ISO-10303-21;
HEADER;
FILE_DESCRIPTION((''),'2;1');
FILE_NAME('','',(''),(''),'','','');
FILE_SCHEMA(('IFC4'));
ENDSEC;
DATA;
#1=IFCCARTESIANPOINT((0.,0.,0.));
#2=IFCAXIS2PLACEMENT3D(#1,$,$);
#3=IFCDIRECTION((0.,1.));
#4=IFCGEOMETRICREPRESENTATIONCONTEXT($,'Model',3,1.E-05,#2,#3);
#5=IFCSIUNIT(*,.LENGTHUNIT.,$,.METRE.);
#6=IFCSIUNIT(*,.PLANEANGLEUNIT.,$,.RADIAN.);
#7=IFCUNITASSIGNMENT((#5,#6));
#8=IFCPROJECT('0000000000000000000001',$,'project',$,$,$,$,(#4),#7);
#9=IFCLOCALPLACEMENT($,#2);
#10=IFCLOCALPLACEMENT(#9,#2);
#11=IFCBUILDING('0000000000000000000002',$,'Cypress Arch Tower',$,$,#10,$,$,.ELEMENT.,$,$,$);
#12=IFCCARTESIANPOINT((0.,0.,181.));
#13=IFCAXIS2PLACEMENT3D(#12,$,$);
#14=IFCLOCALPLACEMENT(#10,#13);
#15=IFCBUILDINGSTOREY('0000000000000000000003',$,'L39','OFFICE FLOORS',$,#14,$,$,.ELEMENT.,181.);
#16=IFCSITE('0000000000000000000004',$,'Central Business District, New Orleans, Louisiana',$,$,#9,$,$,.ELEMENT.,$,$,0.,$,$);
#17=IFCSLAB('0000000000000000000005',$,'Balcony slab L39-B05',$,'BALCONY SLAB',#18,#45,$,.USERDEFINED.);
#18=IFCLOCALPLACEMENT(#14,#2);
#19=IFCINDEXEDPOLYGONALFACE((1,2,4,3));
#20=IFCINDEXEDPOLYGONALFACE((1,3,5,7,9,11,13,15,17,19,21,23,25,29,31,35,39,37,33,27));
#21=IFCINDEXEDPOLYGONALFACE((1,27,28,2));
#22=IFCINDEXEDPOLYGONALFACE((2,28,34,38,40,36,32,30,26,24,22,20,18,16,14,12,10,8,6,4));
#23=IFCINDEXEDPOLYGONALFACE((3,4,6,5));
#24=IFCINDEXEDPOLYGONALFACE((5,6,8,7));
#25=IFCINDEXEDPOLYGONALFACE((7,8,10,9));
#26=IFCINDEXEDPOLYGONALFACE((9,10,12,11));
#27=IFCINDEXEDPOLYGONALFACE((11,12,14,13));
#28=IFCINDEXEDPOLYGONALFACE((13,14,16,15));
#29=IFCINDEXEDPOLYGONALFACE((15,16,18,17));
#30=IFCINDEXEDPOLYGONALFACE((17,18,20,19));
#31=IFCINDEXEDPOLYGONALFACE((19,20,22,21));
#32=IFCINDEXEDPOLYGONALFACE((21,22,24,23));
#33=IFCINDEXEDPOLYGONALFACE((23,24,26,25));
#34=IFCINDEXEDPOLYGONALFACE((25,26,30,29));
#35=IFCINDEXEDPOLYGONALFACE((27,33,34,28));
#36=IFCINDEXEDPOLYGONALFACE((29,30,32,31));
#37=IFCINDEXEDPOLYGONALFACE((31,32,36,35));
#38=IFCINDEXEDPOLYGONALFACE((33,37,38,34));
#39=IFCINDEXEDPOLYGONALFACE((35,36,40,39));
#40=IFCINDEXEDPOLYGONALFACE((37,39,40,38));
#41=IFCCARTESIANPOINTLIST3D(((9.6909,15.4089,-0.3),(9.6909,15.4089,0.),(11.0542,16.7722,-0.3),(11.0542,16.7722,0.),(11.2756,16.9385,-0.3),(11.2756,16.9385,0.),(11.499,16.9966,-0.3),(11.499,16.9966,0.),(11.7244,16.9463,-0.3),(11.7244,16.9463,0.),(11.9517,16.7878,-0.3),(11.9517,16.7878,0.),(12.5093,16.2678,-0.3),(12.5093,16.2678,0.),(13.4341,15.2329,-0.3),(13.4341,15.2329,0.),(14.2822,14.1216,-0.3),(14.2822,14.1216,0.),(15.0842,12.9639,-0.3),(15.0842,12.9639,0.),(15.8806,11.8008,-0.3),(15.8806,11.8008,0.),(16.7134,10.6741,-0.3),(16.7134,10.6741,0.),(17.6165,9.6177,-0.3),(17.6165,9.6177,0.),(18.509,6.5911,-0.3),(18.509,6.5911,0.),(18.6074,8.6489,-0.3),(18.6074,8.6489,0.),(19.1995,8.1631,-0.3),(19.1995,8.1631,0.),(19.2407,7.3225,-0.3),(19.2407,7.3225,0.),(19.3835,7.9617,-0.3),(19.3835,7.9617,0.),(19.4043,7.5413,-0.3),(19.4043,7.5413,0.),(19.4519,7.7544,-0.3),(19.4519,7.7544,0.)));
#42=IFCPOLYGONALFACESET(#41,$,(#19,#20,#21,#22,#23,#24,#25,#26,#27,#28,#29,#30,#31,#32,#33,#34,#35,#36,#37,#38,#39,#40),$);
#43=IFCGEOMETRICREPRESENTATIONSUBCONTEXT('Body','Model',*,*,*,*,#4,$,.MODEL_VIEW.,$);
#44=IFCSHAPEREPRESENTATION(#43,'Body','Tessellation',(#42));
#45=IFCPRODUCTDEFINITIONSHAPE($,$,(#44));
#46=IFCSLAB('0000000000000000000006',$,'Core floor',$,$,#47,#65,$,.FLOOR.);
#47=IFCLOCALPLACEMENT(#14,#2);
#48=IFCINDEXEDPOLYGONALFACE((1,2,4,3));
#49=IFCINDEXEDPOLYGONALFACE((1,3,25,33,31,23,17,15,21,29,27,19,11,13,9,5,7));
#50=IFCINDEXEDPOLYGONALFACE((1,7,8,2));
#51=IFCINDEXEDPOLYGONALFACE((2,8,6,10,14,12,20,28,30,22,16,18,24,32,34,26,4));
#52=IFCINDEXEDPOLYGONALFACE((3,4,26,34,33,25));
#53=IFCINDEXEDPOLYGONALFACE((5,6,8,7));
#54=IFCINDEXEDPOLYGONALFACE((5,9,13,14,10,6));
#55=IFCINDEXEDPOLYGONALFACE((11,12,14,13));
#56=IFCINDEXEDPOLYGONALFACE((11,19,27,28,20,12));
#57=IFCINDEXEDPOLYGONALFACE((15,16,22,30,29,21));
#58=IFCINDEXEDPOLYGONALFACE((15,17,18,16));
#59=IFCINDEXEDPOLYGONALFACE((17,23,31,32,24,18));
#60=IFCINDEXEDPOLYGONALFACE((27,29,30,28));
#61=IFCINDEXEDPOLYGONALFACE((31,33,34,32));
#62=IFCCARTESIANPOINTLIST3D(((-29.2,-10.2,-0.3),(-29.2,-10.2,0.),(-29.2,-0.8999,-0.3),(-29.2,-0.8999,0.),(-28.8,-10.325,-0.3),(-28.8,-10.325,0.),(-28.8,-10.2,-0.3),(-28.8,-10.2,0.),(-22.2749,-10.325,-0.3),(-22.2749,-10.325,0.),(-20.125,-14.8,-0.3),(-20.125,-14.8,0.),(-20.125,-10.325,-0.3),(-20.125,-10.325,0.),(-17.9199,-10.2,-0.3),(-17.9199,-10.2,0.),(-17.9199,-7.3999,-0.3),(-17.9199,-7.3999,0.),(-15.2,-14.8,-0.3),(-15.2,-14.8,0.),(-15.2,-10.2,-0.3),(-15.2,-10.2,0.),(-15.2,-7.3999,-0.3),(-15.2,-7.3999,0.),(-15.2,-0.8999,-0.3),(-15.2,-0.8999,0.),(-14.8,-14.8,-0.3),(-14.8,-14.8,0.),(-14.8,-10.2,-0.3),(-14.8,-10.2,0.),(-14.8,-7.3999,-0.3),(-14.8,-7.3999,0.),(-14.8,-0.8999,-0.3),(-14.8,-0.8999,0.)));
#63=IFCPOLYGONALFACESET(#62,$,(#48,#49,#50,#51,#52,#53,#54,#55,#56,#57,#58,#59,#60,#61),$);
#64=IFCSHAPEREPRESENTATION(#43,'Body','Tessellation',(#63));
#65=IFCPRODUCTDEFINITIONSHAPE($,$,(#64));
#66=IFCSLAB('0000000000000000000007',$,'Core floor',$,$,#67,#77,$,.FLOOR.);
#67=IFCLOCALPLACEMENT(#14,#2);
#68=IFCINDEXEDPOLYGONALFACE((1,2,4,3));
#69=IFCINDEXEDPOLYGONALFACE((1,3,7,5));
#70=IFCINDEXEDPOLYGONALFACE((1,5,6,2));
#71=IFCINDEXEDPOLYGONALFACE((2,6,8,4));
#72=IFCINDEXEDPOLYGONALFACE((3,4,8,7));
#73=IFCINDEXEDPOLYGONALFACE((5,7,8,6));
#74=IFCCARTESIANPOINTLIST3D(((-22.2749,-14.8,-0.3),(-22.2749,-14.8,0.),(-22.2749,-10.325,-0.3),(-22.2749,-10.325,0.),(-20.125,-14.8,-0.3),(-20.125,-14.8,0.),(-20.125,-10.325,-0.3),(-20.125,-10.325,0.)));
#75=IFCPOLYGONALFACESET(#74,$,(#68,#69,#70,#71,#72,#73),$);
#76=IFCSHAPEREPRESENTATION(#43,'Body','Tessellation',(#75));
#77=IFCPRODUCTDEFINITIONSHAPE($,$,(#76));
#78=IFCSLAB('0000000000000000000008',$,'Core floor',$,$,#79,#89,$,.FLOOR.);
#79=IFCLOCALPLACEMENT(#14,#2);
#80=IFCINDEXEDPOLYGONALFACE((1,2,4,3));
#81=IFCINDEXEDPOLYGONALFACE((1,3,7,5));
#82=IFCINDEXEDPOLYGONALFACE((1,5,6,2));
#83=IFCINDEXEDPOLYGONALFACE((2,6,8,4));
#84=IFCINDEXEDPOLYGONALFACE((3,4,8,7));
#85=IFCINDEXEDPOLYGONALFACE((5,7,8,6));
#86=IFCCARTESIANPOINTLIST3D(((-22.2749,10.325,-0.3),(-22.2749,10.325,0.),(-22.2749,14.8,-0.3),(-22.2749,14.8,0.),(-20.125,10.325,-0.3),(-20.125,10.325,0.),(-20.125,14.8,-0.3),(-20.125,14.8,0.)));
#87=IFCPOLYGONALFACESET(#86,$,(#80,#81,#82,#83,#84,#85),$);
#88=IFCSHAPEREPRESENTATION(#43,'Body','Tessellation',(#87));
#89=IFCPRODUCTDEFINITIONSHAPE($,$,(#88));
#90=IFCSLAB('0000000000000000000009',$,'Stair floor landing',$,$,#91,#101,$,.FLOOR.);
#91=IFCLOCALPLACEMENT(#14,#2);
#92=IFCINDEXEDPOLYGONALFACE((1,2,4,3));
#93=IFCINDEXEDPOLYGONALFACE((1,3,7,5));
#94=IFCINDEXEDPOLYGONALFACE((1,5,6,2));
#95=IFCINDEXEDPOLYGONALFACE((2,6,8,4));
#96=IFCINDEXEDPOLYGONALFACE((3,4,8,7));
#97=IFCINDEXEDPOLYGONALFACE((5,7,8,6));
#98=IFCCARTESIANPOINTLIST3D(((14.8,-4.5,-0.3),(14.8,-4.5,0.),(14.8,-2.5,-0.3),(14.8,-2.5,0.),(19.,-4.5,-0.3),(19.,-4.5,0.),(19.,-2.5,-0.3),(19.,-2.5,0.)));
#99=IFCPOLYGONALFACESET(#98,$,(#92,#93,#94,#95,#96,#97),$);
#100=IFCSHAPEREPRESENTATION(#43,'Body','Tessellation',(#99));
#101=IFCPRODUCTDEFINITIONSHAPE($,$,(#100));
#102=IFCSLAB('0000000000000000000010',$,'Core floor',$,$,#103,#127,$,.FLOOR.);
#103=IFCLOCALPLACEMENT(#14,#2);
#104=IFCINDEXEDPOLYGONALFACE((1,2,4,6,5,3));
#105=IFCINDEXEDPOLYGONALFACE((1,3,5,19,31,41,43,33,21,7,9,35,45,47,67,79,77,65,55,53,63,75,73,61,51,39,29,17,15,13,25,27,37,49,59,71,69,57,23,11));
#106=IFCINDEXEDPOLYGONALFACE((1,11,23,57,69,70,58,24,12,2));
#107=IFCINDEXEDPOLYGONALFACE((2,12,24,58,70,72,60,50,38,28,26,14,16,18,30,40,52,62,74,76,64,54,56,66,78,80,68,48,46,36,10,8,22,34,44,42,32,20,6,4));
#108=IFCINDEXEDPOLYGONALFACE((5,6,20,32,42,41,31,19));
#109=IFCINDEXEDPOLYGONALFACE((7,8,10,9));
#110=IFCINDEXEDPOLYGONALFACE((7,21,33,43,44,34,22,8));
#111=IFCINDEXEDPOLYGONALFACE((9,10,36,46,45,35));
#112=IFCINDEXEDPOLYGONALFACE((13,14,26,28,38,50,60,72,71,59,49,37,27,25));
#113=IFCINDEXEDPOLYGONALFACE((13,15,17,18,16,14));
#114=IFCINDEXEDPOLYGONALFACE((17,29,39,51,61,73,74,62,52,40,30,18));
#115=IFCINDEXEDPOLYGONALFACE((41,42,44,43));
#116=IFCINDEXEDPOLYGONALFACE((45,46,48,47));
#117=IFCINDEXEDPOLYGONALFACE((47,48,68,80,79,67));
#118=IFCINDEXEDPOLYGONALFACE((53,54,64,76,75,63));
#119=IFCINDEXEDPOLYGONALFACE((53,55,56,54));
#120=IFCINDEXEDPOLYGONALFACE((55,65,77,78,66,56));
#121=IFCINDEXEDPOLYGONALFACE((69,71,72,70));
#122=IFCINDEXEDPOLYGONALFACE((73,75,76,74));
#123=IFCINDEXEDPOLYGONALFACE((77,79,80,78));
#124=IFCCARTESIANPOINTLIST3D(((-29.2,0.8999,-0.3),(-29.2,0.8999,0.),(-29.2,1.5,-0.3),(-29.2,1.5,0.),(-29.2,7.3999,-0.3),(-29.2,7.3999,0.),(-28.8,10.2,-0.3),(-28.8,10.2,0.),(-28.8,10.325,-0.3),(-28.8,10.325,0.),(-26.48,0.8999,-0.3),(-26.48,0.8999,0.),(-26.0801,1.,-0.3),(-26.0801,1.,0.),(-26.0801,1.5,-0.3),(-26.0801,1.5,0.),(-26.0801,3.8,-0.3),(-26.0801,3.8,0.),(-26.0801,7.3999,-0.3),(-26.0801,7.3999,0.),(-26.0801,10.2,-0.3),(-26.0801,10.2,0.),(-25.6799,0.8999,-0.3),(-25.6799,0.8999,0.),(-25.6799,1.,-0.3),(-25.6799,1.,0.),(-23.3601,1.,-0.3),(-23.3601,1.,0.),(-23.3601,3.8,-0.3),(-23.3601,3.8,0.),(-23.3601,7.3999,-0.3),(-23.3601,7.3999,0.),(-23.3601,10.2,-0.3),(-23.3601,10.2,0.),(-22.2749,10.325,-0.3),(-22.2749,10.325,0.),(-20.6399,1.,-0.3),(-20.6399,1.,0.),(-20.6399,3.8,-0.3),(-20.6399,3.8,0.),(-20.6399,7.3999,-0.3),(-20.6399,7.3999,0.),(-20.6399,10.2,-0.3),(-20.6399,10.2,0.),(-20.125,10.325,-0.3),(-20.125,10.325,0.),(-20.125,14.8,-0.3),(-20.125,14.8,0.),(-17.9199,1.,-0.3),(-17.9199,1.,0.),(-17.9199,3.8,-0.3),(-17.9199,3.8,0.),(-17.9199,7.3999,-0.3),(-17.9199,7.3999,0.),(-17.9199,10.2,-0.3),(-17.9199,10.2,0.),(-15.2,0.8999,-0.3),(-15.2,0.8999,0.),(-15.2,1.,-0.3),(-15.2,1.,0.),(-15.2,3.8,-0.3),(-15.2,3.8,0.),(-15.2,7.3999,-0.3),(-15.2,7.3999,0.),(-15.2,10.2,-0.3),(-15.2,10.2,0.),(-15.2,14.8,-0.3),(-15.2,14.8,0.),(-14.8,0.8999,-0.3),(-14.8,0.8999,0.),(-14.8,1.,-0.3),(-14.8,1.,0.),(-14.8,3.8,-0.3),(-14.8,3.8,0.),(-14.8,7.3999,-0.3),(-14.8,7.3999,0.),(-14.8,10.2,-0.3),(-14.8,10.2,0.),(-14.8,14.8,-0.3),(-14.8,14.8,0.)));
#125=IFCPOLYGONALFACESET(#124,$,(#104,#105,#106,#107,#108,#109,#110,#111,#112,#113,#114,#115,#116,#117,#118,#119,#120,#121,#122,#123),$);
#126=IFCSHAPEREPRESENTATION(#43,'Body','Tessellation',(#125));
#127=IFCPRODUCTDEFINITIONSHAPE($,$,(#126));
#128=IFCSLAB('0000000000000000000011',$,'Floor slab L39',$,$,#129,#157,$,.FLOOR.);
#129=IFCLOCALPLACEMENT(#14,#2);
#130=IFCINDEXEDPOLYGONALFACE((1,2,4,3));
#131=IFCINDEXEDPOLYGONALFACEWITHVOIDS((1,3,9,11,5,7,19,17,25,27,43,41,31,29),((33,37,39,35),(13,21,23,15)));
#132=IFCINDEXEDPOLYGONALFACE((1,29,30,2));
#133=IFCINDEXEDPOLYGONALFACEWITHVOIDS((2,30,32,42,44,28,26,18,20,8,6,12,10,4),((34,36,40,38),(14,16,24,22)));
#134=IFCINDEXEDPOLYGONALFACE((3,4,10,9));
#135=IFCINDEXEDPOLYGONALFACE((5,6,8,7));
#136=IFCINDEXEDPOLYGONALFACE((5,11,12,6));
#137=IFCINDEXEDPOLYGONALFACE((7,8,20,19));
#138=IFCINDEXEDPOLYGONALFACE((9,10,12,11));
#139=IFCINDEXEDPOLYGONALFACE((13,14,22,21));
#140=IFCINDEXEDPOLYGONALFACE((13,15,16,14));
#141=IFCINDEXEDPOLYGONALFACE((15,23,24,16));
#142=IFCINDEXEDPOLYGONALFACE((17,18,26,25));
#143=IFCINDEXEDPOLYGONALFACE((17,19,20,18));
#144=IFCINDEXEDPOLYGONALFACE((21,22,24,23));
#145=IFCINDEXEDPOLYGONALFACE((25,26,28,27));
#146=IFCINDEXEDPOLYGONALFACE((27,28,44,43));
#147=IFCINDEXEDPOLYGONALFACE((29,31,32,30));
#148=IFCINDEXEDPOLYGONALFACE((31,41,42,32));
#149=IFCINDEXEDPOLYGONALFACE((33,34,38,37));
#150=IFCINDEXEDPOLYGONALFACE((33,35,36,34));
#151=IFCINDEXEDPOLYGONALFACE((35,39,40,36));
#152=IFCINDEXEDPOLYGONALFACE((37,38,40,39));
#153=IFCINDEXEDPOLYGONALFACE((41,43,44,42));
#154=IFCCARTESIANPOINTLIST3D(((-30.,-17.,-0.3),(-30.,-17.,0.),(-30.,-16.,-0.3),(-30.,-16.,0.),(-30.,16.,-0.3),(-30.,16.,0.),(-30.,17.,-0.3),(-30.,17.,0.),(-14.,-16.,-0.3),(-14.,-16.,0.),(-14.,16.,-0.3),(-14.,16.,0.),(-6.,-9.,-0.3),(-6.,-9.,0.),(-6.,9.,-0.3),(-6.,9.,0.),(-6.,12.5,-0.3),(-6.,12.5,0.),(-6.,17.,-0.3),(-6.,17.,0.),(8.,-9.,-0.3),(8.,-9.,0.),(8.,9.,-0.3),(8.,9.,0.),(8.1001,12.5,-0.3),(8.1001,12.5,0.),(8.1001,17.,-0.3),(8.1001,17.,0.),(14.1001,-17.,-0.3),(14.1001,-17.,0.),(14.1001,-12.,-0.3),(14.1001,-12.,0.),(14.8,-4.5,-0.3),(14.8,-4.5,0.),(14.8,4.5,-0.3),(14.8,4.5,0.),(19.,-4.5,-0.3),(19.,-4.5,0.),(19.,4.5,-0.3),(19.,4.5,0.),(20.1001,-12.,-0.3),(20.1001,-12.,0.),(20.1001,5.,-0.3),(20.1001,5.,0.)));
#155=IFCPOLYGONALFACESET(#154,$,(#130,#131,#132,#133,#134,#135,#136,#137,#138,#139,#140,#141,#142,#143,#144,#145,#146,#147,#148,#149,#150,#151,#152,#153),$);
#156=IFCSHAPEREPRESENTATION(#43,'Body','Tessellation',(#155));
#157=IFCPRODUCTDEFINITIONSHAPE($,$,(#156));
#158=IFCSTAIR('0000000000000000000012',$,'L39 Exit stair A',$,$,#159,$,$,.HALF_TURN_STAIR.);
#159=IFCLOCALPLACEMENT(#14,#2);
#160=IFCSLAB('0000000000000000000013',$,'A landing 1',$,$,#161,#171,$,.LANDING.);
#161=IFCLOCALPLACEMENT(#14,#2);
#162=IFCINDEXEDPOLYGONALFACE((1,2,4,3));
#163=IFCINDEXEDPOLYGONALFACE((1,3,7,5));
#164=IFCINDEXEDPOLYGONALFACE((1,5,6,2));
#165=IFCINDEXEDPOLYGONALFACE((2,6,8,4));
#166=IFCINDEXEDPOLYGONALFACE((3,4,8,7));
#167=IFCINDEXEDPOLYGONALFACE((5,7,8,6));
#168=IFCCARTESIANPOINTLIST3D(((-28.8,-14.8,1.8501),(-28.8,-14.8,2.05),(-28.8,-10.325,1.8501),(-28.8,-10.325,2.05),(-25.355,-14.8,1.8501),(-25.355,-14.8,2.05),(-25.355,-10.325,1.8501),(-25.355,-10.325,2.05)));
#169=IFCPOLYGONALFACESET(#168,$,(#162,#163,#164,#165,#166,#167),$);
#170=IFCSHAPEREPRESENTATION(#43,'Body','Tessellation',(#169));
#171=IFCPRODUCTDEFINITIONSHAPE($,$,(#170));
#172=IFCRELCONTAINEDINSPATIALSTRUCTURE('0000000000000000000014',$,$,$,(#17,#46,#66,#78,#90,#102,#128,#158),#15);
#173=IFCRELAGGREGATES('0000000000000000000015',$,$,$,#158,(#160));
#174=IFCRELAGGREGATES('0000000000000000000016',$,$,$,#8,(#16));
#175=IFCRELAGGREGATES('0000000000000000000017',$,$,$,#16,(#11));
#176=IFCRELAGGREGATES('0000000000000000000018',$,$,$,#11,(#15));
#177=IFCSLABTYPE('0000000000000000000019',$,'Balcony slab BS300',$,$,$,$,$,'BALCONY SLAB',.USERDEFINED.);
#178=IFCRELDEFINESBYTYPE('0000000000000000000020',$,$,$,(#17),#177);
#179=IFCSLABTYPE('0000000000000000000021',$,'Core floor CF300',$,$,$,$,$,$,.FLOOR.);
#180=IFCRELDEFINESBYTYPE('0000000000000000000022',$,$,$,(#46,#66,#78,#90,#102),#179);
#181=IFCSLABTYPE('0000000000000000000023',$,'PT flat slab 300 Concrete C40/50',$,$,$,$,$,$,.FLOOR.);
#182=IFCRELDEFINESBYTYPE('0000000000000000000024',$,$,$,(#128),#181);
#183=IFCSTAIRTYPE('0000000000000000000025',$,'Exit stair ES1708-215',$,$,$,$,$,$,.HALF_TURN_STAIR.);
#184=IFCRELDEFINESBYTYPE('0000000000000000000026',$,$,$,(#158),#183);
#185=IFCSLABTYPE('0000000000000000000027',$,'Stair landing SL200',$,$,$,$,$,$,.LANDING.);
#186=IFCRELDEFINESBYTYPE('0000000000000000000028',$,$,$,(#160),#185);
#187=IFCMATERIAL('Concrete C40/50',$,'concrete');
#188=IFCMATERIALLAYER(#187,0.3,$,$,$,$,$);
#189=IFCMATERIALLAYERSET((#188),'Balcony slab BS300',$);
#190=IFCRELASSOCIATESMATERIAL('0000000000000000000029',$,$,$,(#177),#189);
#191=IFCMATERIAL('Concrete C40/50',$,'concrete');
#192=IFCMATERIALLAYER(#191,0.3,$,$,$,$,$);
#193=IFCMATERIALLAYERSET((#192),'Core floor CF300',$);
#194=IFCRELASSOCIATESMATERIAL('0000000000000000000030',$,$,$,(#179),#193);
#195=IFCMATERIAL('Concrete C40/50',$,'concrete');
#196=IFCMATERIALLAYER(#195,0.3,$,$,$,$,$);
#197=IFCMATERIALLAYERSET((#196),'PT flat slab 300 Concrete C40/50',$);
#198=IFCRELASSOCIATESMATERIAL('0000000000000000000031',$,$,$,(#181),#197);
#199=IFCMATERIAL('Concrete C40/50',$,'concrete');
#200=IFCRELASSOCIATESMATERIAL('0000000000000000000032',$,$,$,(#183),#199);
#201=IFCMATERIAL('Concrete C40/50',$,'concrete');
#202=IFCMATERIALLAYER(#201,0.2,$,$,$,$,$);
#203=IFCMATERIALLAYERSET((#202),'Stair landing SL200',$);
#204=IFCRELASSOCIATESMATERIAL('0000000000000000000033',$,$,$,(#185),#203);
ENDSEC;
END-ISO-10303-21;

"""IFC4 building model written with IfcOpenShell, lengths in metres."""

from ifc_helpers import new_model, si_unit, direction, frame, origin, place, context, subcontext, project, spatial, polyline, outline, extrude, material, layer, layer_set, type_object, element, aggregate, save


model = new_model("IFC4")

# Units and contexts
model_context = context("Model", 3, precision=1e-05, world=origin(), true_north=direction((0.0, 1.0)))
body_context = subcontext(model_context, "Body", "Model", "MODEL_VIEW")
ifc_project = project(units=[si_unit("LENGTHUNIT", "METRE"), si_unit("PLANEANGLEUNIT", "RADIAN")], contexts=[model_context])

# Site, building, storey
site_placement = place(None, origin())
site = spatial("IfcSite", under=ifc_project, at=site_placement, Name="Central Business District, New Orleans, Louisiana", CompositionType="ELEMENT", RefElevation=0.0)
building_placement = place(site_placement, origin())
building = spatial("IfcBuilding", under=site, at=building_placement, Name="Cypress Arch Tower", CompositionType="ELEMENT")
storey_placement = place(building_placement, frame((0.0, 0.0, 181.0)))
storey = spatial("IfcBuildingStorey", under=building, at=storey_placement, Name="L39", Description="OFFICE FLOORS", CompositionType="ELEMENT", Elevation=181.0)

# Slabs
ifc_material_1 = material(Name="Concrete C40/50", Category="concrete")
ifc_layer_1 = layer(ifc_material_1, 0.3)
ifc_layer_set_1 = layer_set([ifc_layer_1], Name="Balcony slab BS300")
slab_type_1 = type_object("IfcSlabType", Name="Balcony slab BS300", ElementType="BALCONY SLAB", PredefinedType="USERDEFINED", material=ifc_layer_set_1)
slab_1_placement = place(storey_placement, frame((0.0, 0.0, -0.3)))
element("IfcSlab", 1, at=slab_1_placement, inside=storey, type_object=slab_type_1, Name="Balcony slab L39-B05", ObjectType="BALCONY SLAB", PredefinedType="USERDEFINED", context=body_context, shape_type="SweptSolid", body=[
    extrude(outline(polyline([(18.509, 6.5911), (19.2407, 7.3225), (19.4043, 7.5413), (19.4519, 7.7544), (19.3835, 7.9617), (19.1995, 8.1631), (18.6074, 8.6489), (17.6165, 9.6177), (16.7134, 10.6741), (15.8806, 11.8008), (15.0842, 12.9639), (14.2822, 14.1216), (13.4341, 15.2329), (12.5093, 16.2678), (11.9517, 16.7878), (11.7244, 16.9463), (11.499, 16.9966), (11.2756, 16.9385), (11.0542, 16.7722), (9.6909, 15.4089), (18.509, 6.5911)])), origin(), (0.0, 0.0, 1.0), 0.3),
])
ifc_material_2 = material(Name="Concrete C40/50", Category="concrete")
ifc_layer_2 = layer(ifc_material_2, 0.3)
ifc_layer_set_2 = layer_set([ifc_layer_2], Name="Core floor CF300")
slab_type_2 = type_object("IfcSlabType", Name="Core floor CF300", PredefinedType="FLOOR", material=ifc_layer_set_2)
slab_2_placement = place(storey_placement, frame((0.0, 0.0, -0.3)))
element("IfcSlab", 2, at=slab_2_placement, inside=storey, type_object=slab_type_2, Name="Core floor", PredefinedType="FLOOR", context=body_context, shape_type="SweptSolid", body=[
    extrude(outline(polyline([(-28.8, -10.2), (-29.2, -10.2), (-29.2, -0.8999), (-15.2, -0.8999), (-14.8, -0.8999), (-14.8, -7.3999), (-15.2, -7.3999), (-17.9199, -7.3999), (-17.9199, -10.2), (-15.2, -10.2), (-14.8, -10.2), (-14.8, -14.8), (-15.2, -14.8), (-20.125, -14.8), (-20.125, -10.325), (-22.2749, -10.325), (-28.8, -10.325), (-28.8, -10.2)])), origin(), (0.0, 0.0, 1.0), 0.3),
])
slab_3_placement = place(storey_placement, frame((0.0, 0.0, -0.3)))
element("IfcSlab", 3, at=slab_3_placement, inside=storey, type_object=slab_type_2, Name="Core floor", PredefinedType="FLOOR", context=body_context, shape_type="SweptSolid", body=[
    extrude(outline(polyline([(-22.2749, -10.325), (-22.2749, -14.8), (-20.125, -14.8), (-20.125, -10.325), (-22.2749, -10.325)])), origin(), (0.0, 0.0, 1.0), 0.3),
])
slab_4_placement = place(storey_placement, frame((0.0, 0.0, -0.3)))
element("IfcSlab", 4, at=slab_4_placement, inside=storey, type_object=slab_type_2, Name="Core floor", PredefinedType="FLOOR", context=body_context, shape_type="SweptSolid", body=[
    extrude(outline(polyline([(-20.125, 14.8), (-22.2749, 14.8), (-22.2749, 10.325), (-20.125, 10.325), (-20.125, 14.8)])), origin(), (0.0, 0.0, 1.0), 0.3),
])
slab_5_placement = place(storey_placement, frame((0.0, 0.0, -0.3)))
element("IfcSlab", 5, at=slab_5_placement, inside=storey, type_object=slab_type_2, Name="Stair floor landing", PredefinedType="FLOOR", context=body_context, shape_type="SweptSolid", body=[
    extrude(outline(polyline([(19.0, -4.5), (19.0, -2.5), (14.8, -2.5), (14.8, -4.5), (19.0, -4.5)])), origin(), (0.0, 0.0, 1.0), 0.3),
])
slab_6_placement = place(storey_placement, frame((0.0, 0.0, -0.3)))
element("IfcSlab", 6, at=slab_6_placement, inside=storey, type_object=slab_type_2, Name="Core floor", PredefinedType="FLOOR", context=body_context, shape_type="SweptSolid", body=[
    extrude(outline(polyline([(-20.6399, 7.3999), (-20.6399, 10.2), (-23.3601, 10.2), (-26.0801, 10.2), (-28.8, 10.2), (-28.8, 10.325), (-22.2749, 10.325), (-20.125, 10.325), (-20.125, 14.8), (-15.2, 14.8), (-14.8, 14.8), (-14.8, 10.2), (-15.2, 10.2), (-17.9199, 10.2), (-17.9199, 7.3999), (-15.2, 7.3999), (-14.8, 7.3999), (-14.8, 3.8), (-15.2, 3.8), (-17.9199, 3.8), (-20.6399, 3.8), (-23.3601, 3.8), (-26.0801, 3.8), (-26.0801, 1.5), (-26.0801, 1.5), (-26.0801, 1.0), (-25.6799, 1.0), (-23.3601, 1.0), (-20.6399, 1.0), (-17.9199, 1.0), (-15.2, 1.0), (-14.8, 1.0), (-14.8, 0.8999), (-15.2, 0.8999), (-25.6799, 0.8999), (-26.48, 0.8999), (-29.2, 0.8999), (-29.2, 1.5), (-29.2, 7.3999), (-26.0801, 7.3999), (-23.3601, 7.3999), (-20.6399, 7.3999)])), origin(), (0.0, 0.0, 1.0), 0.3),
])
ifc_material_3 = material(Name="Concrete C40/50", Category="concrete")
ifc_layer_3 = layer(ifc_material_3, 0.3)
ifc_layer_set_3 = layer_set([ifc_layer_3], Name="PT flat slab 300 Concrete C40/50")
slab_type_3 = type_object("IfcSlabType", Name="PT flat slab 300 Concrete C40/50", PredefinedType="FLOOR", material=ifc_layer_set_3)
slab_7_placement = place(storey_placement, frame((0.0, 0.0, -0.3)))
element("IfcSlab", 7, at=slab_7_placement, inside=storey, type_object=slab_type_3, Name="Floor slab L39", PredefinedType="FLOOR", context=body_context, shape_type="SweptSolid", body=[
    extrude(outline(polyline([(-30.0, 17.0), (-6.0, 17.0), (-6.0, 12.5), (8.1001, 12.5), (8.1001, 17.0), (20.1001, 5.0), (20.1001, -12.0), (14.1001, -12.0), (14.1001, -17.0), (-30.0, -17.0), (-30.0, -16.0), (-14.0, -16.0), (-14.0, 16.0), (-30.0, 16.0), (-30.0, 17.0)]), holes=[polyline([(-6.0, -9.0), (8.0, -9.0), (8.0, 9.0), (-6.0, 9.0), (-6.0, -9.0)]), polyline([(14.8, -4.5), (19.0, -4.5), (19.0, 4.5), (14.8, 4.5), (14.8, -4.5)])]), origin(), (0.0, 0.0, 1.0), 0.3),
])

# Stair, slab
ifc_material_4 = material(Name="Concrete C40/50", Category="concrete")
stair_type_1 = type_object("IfcStairType", Name="Exit stair ES1708-215", PredefinedType="HALF_TURN_STAIR", material=ifc_material_4)
stair_1_placement = place(storey_placement, origin())
stair_1 = element("IfcStair", 8, at=stair_1_placement, inside=storey, type_object=stair_type_1, Name="L39 Exit stair A", PredefinedType="HALF_TURN_STAIR")
ifc_material_5 = material(Name="Concrete C40/50", Category="concrete")
ifc_layer_4 = layer(ifc_material_5, 0.2)
ifc_layer_set_4 = layer_set([ifc_layer_4], Name="Stair landing SL200")
slab_type_4 = type_object("IfcSlabType", Name="Stair landing SL200", PredefinedType="LANDING", material=ifc_layer_set_4)
slab_8_placement = place(storey_placement, frame((0.0, 0.0, 1.8501)))
slab_8 = element("IfcSlab", 9, at=slab_8_placement, type_object=slab_type_4, Name="A landing 1", PredefinedType="LANDING", context=body_context, shape_type="SweptSolid", body=[
    extrude(outline(polyline([(-25.355, -10.325), (-28.8, -10.325), (-28.8, -14.8), (-25.355, -14.8), (-25.355, -10.325)])), origin(), (0.0, 0.0, 1.0), 0.2),
])
aggregate(stair_1, [slab_8])

save(model, "model.ifc")
